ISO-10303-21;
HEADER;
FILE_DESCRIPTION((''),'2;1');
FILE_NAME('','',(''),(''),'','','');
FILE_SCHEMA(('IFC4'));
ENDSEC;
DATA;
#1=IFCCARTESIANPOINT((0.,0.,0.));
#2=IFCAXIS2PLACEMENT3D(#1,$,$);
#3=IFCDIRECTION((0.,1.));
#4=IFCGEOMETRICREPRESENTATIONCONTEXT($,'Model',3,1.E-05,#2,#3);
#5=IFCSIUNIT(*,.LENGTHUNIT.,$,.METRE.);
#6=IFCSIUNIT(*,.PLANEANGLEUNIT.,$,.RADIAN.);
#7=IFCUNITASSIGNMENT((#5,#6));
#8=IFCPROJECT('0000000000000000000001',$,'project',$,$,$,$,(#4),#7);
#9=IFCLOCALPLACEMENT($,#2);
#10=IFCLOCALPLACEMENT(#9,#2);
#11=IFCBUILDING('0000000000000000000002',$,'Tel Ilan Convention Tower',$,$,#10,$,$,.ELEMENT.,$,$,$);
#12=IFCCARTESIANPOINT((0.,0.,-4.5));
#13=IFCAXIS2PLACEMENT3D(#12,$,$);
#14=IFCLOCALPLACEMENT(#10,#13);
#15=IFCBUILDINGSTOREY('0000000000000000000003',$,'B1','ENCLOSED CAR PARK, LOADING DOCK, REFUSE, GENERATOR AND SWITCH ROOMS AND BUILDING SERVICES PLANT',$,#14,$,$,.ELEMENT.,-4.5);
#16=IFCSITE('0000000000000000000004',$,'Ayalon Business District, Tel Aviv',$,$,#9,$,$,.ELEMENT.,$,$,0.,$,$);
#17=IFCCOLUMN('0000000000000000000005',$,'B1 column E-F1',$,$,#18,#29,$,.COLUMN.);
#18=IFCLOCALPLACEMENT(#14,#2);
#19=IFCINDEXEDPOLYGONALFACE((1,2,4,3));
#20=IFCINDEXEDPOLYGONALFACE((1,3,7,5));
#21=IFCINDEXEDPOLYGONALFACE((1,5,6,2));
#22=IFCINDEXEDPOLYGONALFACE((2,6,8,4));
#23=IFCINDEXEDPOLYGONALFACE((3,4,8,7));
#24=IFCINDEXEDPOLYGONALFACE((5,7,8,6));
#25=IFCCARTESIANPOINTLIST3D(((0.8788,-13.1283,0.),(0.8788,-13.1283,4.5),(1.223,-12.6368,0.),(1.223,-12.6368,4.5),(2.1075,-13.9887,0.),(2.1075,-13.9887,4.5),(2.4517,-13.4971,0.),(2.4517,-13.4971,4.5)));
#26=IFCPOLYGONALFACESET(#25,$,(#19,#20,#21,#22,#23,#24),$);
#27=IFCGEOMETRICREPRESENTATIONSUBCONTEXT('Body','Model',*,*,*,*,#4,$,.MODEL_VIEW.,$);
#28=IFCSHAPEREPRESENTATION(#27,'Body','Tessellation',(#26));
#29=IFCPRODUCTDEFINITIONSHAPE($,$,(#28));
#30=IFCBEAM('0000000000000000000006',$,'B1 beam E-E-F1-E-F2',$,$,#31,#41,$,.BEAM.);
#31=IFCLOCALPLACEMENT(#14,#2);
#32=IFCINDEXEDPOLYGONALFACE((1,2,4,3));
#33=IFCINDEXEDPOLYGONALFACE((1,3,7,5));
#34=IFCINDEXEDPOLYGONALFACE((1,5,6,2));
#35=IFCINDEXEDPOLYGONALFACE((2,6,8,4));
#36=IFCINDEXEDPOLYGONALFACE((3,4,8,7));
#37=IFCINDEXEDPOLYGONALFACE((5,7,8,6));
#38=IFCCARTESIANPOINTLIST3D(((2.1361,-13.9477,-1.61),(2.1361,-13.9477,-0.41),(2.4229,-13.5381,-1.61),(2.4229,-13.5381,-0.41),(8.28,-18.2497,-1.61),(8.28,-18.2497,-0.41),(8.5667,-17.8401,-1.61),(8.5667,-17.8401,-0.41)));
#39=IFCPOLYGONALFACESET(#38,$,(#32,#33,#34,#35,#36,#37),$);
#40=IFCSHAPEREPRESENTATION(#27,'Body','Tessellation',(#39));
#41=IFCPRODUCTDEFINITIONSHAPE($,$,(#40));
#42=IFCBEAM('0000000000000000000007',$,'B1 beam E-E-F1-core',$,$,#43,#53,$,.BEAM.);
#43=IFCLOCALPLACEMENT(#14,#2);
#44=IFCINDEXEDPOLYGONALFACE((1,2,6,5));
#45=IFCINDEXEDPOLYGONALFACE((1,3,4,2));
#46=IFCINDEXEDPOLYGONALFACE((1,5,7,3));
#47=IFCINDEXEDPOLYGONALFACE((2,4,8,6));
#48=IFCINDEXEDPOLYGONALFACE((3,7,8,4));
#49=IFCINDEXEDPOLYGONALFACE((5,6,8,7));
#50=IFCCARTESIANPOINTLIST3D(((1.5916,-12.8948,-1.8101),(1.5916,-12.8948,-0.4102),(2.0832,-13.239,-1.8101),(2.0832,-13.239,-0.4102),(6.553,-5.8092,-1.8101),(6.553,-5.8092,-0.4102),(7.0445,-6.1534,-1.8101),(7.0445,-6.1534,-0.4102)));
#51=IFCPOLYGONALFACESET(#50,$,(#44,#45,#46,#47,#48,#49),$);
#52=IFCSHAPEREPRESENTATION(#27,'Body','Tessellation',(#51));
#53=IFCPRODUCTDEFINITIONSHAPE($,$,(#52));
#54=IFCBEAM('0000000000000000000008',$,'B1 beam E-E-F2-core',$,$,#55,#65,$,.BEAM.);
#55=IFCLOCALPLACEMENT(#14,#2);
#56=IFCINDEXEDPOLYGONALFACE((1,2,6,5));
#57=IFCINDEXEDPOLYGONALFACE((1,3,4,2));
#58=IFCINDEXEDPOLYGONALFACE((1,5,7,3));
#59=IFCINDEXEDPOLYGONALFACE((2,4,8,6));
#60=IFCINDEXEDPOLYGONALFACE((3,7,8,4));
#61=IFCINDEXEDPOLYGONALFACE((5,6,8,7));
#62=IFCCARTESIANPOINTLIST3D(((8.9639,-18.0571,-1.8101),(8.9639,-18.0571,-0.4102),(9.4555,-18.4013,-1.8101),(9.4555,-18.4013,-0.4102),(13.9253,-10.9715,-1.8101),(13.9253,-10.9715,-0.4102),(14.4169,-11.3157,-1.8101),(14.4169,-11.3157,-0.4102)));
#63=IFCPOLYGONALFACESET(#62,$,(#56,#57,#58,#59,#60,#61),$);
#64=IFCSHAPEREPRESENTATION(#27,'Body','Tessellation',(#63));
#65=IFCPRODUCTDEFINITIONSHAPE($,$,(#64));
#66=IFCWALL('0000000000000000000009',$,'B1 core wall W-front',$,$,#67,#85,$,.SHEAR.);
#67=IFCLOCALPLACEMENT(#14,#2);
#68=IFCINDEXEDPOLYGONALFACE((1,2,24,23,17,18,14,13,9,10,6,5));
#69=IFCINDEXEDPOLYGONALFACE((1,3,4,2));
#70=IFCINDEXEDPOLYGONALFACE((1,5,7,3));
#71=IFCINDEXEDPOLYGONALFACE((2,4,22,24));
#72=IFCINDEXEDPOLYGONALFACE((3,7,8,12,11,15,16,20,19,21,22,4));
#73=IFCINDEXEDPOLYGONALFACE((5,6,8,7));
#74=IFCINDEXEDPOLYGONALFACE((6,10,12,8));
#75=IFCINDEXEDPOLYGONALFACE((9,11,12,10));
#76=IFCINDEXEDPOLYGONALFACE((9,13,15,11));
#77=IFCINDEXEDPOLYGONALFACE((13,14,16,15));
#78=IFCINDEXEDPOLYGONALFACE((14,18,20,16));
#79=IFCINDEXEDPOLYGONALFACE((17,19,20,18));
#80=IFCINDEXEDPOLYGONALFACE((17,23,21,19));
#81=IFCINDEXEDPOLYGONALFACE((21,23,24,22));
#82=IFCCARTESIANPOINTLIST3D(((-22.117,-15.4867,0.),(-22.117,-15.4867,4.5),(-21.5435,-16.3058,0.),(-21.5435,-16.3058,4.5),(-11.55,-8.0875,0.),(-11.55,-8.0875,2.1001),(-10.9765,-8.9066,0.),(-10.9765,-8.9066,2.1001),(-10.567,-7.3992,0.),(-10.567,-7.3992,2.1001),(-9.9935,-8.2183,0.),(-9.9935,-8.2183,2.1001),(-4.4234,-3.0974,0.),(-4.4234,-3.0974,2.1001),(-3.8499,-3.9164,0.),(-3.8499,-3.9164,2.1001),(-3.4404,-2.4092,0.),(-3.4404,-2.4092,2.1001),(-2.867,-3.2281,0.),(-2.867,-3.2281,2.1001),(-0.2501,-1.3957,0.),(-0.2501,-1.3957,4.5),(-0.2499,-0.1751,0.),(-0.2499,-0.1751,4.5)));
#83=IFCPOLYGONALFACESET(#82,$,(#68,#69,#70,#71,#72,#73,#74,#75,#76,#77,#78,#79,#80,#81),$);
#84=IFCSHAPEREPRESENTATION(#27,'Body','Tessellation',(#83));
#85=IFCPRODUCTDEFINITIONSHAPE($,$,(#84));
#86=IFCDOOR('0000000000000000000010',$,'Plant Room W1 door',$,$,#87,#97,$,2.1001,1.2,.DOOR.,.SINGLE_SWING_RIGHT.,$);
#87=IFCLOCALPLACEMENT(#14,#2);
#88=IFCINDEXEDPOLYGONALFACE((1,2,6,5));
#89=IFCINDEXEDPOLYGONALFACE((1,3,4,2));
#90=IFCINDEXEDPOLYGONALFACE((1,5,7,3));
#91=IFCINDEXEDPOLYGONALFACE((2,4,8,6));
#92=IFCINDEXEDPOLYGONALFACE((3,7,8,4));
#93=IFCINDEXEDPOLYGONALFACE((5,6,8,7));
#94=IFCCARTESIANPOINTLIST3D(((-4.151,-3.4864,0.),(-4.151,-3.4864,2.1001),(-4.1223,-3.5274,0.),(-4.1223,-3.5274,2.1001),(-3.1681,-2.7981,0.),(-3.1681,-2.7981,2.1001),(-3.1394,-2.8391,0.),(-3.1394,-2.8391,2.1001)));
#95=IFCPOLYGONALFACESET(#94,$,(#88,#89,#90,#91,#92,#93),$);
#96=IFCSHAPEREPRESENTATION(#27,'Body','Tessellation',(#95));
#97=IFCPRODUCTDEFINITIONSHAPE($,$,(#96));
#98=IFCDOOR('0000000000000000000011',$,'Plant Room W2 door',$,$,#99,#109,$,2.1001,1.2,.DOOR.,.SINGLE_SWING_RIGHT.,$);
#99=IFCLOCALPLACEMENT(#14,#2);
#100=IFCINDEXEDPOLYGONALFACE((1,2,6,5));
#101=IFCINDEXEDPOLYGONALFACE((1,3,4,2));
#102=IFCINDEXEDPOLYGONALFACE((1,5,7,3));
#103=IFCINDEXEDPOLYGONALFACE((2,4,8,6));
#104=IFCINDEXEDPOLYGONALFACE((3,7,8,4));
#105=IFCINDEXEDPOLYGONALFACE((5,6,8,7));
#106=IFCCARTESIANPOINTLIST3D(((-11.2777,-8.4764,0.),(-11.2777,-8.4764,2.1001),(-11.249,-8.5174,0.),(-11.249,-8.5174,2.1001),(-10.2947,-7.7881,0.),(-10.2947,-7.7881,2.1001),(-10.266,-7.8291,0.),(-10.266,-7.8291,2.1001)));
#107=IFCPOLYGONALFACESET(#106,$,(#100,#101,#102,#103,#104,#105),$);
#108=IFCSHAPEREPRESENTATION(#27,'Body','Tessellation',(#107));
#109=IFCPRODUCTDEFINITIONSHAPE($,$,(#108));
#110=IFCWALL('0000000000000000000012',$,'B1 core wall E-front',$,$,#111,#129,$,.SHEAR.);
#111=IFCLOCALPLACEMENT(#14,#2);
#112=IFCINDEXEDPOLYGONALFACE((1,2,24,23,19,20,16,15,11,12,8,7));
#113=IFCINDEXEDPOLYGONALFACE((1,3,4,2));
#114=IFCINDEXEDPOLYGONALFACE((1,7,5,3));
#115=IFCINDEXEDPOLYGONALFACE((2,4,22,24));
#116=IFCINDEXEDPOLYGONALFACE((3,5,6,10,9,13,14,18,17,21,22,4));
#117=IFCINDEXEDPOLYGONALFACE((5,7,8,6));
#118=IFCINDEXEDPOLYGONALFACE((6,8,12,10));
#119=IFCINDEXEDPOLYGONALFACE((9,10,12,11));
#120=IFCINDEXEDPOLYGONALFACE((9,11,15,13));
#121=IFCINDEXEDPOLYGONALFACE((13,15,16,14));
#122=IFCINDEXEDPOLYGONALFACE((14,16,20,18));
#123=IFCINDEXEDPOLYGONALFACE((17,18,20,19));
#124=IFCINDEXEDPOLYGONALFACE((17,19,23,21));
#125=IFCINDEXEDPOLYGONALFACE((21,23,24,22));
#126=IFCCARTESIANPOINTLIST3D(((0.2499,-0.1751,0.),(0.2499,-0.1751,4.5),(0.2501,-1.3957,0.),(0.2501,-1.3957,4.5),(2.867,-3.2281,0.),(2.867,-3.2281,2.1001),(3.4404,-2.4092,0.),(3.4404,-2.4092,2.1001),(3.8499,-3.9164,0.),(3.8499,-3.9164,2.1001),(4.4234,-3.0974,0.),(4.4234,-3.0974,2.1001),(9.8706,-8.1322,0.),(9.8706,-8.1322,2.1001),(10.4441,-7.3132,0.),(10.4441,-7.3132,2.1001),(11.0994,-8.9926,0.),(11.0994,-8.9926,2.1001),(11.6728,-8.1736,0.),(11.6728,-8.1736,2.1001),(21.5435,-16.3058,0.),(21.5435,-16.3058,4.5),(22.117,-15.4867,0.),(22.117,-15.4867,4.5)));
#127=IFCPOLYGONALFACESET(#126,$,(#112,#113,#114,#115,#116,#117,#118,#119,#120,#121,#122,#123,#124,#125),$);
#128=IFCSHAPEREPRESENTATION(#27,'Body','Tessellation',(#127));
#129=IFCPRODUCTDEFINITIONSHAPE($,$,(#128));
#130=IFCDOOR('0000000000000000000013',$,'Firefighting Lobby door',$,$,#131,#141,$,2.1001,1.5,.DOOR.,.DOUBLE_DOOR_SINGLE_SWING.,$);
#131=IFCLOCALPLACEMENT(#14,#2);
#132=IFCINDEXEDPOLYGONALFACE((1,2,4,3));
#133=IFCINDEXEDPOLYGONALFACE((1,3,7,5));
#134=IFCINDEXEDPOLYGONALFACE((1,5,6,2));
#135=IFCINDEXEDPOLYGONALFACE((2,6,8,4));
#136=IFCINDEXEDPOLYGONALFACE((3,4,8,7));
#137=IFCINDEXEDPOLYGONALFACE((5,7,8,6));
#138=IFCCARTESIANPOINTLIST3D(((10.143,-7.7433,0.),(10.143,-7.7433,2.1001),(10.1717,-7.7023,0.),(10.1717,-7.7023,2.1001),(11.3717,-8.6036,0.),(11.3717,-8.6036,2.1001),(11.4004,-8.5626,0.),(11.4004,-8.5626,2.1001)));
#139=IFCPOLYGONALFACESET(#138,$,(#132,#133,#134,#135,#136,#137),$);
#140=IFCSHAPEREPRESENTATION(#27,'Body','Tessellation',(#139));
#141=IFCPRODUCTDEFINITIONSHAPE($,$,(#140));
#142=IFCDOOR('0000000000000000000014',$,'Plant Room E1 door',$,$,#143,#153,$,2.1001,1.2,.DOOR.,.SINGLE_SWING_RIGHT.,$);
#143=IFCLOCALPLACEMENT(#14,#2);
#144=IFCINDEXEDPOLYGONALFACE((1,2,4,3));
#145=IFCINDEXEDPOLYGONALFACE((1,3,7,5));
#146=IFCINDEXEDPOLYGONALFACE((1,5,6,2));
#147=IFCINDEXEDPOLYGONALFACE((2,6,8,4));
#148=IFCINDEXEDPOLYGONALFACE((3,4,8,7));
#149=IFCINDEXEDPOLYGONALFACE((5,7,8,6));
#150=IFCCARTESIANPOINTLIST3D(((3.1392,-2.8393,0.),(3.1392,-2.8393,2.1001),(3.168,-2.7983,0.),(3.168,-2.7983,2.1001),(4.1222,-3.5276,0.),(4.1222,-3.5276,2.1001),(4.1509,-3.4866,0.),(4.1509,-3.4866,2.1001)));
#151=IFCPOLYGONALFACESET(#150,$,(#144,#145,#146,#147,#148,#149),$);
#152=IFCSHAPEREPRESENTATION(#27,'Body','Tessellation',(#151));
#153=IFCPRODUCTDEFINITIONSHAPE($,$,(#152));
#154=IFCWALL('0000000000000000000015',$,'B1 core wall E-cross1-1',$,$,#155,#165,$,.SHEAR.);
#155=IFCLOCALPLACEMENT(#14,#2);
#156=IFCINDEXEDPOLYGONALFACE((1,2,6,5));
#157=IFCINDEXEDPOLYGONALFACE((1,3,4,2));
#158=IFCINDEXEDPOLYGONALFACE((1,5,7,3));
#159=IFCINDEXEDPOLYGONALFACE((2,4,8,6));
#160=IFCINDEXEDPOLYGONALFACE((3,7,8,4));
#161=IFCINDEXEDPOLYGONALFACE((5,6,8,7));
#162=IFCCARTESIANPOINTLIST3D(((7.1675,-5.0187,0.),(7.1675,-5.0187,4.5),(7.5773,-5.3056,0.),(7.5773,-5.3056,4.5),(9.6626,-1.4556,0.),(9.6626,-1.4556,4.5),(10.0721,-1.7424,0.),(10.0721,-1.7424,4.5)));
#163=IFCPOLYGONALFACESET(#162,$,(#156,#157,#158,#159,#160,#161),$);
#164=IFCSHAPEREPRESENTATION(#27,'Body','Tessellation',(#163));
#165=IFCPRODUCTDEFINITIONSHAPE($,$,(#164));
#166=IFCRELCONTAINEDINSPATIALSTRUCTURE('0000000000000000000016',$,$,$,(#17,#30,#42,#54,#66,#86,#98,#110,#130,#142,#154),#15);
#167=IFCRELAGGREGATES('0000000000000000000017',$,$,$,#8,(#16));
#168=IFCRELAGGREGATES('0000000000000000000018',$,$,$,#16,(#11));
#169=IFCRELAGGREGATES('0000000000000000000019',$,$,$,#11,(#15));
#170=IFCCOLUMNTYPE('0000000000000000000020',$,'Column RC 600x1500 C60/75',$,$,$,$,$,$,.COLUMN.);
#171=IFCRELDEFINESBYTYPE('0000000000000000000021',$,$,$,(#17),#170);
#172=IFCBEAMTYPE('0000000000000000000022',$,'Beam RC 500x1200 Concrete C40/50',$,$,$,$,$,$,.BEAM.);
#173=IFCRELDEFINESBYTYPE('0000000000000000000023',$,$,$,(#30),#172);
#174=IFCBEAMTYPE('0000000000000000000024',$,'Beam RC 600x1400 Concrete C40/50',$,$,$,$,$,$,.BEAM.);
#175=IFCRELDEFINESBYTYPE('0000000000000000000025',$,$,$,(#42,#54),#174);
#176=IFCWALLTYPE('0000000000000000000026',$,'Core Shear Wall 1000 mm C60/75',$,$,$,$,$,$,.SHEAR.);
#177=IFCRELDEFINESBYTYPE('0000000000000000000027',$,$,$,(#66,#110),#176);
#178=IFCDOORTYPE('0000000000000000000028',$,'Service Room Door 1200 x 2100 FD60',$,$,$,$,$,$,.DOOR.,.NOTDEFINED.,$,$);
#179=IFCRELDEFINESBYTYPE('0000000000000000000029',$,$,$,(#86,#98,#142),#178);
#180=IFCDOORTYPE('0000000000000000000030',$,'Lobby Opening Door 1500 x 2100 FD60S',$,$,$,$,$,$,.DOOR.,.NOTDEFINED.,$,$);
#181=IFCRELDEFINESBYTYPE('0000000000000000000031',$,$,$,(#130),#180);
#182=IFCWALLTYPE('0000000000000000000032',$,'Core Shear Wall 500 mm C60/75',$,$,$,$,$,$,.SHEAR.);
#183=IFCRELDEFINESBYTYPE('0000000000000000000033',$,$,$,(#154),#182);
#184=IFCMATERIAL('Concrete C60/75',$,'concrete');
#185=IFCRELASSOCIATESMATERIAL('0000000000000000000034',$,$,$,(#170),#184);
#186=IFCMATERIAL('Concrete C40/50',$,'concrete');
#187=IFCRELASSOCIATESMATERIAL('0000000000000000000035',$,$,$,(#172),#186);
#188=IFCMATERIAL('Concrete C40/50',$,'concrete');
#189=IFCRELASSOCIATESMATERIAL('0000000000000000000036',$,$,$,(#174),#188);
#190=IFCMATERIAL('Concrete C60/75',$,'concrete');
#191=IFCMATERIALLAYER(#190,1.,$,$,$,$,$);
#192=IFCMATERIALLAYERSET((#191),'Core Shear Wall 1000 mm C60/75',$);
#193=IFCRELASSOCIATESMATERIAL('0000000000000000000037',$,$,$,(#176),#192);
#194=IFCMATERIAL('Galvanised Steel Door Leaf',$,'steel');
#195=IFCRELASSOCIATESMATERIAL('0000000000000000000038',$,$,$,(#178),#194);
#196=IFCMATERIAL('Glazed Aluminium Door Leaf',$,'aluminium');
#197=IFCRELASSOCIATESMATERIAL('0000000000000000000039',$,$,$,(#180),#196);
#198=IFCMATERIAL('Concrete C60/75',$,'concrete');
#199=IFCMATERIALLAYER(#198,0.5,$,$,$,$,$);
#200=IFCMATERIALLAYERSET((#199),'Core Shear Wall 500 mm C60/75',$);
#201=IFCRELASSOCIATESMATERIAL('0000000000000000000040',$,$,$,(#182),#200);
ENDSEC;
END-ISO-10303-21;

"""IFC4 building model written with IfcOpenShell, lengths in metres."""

from ifc_helpers import new_model, si_unit, direction, frame, frame_2d, origin, origin_2d, place, context, subcontext, project, spatial, polyline, rectangle, outline, extrude, material, layer, layer_set, material_profile, profile_set, type_object, element, fill, save


model = new_model("IFC4")

# Units and contexts
model_context = context("Model", 3, precision=1e-05, world=origin(), true_north=direction((0.0, 1.0)))
body_context = subcontext(model_context, "Body", "Model", "MODEL_VIEW")
ifc_project = project(units=[si_unit("LENGTHUNIT", "METRE"), si_unit("PLANEANGLEUNIT", "RADIAN")], contexts=[model_context])

# Site, building, storey
site_placement = place(None, origin())
site = spatial("IfcSite", under=ifc_project, at=site_placement, Name="Ayalon Business District, Tel Aviv", CompositionType="ELEMENT", RefElevation=0.0)
building_placement = place(site_placement, origin())
building = spatial("IfcBuilding", under=site, at=building_placement, Name="Tel Ilan Convention Tower", CompositionType="ELEMENT")
storey_placement = place(building_placement, frame((0.0, 0.0, -4.5)))
storey = spatial("IfcBuildingStorey", under=building, at=storey_placement, Name="B1", Description="ENCLOSED CAR PARK, LOADING DOCK, REFUSE, GENERATOR AND SWITCH ROOMS AND BUILDING SERVICES PLANT", CompositionType="ELEMENT", Elevation=-4.5)

# Column
ifc_material_1 = material(Name="Concrete C60/75", Category="concrete")
ifc_material_profile_1 = material_profile(ifc_material_1, rectangle(XDim=1.5, YDim=0.6001, at=origin_2d()), Name="RC 600x1500")
ifc_profile_set_1 = profile_set([ifc_material_profile_1], Name="Concrete C60/75")
column_type = type_object("IfcColumnType", Name="Column RC 600x1500 C60/75", PredefinedType="COLUMN", material=ifc_profile_set_1)
column_placement = place(storey_placement, frame((1.6653, -13.3127, 0.0), z_axis=(0.0, 0.0, 1.0), x_axis=(0.819152, -0.573576, 0.0)))
element("IfcColumn", 1, at=column_placement, inside=storey, type_object=column_type, Name="B1 column E-F1", PredefinedType="COLUMN", context=body_context, shape_type="SweptSolid", body=[
    extrude(rectangle(XDim=1.5, YDim=0.6001, at=origin_2d()), origin(), (0.0, 0.0, 1.0), 4.5),
])

# Beams
ifc_material_2 = material(Name="Concrete C40/50", Category="concrete")
ifc_material_profile_2 = material_profile(ifc_material_2, rectangle(XDim=0.5, YDim=1.2, at=origin_2d()), Name="RC 500x1200")
ifc_profile_set_2 = profile_set([ifc_material_profile_2], Name="Concrete C40/50")
beam_type_1 = type_object("IfcBeamType", Name="Beam RC 500x1200 Concrete C40/50", PredefinedType="BEAM", material=ifc_profile_set_2)
beam_placement = place(storey_placement, frame((2.2795, -13.7429, -1.01), z_axis=(0.819148, -0.573582, 0.0), x_axis=(0.573582, 0.819148, 0.0)))
element("IfcBeam", 2, at=beam_placement, inside=storey, type_object=beam_type_1, Name="B1 beam E-E-F1-E-F2", PredefinedType="BEAM", context=body_context, shape_type="SweptSolid", body=[
    extrude(rectangle(XDim=0.5, YDim=1.2, at=origin_2d()), origin(), (0.0, 0.0, 1.0), 7.5002),
])
ifc_material_3 = material(Name="Concrete C40/50", Category="concrete")
ifc_material_profile_3 = material_profile(ifc_material_3, rectangle(XDim=0.6001, YDim=1.3999, at=origin_2d()), Name="RC 600x1400")
ifc_profile_set_3 = profile_set([ifc_material_profile_3], Name="Concrete C40/50")
beam_type_2 = type_object("IfcBeamType", Name="Beam RC 600x1400 Concrete C40/50", PredefinedType="BEAM", material=ifc_profile_set_3)
for number, where, z_axis, x_axis, name in (
    (3, (1.8374, -13.0669, -1.1101), (0.573574, 0.819154, 0.0), (-0.819154, 0.573574, 0.0), "B1 beam E-E-F1-core"),
    (4, (9.2097, -18.2292, -1.1101), (0.573574, 0.819154, 0.0), (-0.819154, 0.573574, 0.0), "B1 beam E-E-F2-core"),
):
    element("IfcBeam", number, at=place(storey_placement, frame(where, z_axis=z_axis, x_axis=x_axis)), inside=storey, type_object=beam_type_2, Name=name, PredefinedType="BEAM", context=body_context, shape_type="SweptSolid", body=[
        extrude(rectangle(XDim=0.6001, YDim=1.3999, at=origin_2d()), origin(), (0.0, 0.0, 1.0), 8.6499),
    ])

# Walls, openings, doors
ifc_material_4 = material(Name="Concrete C60/75", Category="concrete")
ifc_layer_1 = layer(ifc_material_4, 1.0)
ifc_layer_set_1 = layer_set([ifc_layer_1], Name="Core Shear Wall 1000 mm C60/75")
wall_type_1 = type_object("IfcWallType", Name="Core Shear Wall 1000 mm C60/75", PredefinedType="SHEAR", material=ifc_layer_set_1)
wall_1_placement = place(storey_placement, frame((0.0369, -0.5847, 0.0), z_axis=(0.0, 0.0, 1.0), x_axis=(-0.819157, -0.573569, 0.0)))
wall_1 = element("IfcWall", 5, at=wall_1_placement, inside=storey, type_object=wall_type_1, Name="B1 core wall W-front", PredefinedType="SHEAR", context=body_context, shape_type="SweptSolid", body=[
    extrude(outline(polyline([(26.6948, 0.5002), (0.7002, 0.4998), (0.0, -0.5), (26.6948, -0.4998), (26.6948, 0.5002)])), origin(), (0.0, 0.0, 1.0), 4.5),
])
opening_1_placement = place(wall_1_placement, frame((3.8948, 0.0, 0.0)))
opening_1 = element("IfcOpeningElement", 6, at=opening_1_placement, cuts=wall_1, PredefinedType="OPENING", context=body_context, shape_type="SweptSolid", body=[
    extrude(rectangle(XDim=1.2, YDim=2.1001, at=frame_2d((0.6001, 1.05))), frame((0.0, 0.51, 0.0), z_axis=(0.0, -1.0, 0.0), x_axis=(1.0, 0.0, 0.0)), (0.0, 0.0, 1.0), 1.02),
])
opening_2_placement = place(wall_1_placement, frame((12.5947, 0.0, 0.0)))
opening_2 = element("IfcOpeningElement", 7, at=opening_2_placement, cuts=wall_1, PredefinedType="OPENING", context=body_context, shape_type="SweptSolid", body=[
    extrude(rectangle(XDim=1.2, YDim=2.1001, at=frame_2d((0.6001, 1.05))), frame((0.0, 0.51, 0.0), z_axis=(0.0, -1.0, 0.0), x_axis=(1.0, 0.0, 0.0)), (0.0, 0.0, 1.0), 1.02),
])
ifc_material_5 = material(Name="Galvanised Steel Door Leaf", Category="steel")
door_type_1 = type_object("IfcDoorType", Name="Service Room Door 1200 x 2100 FD60", OperationType="NOTDEFINED", PredefinedType="DOOR", material=ifc_material_5)
door_1_placement = place(opening_1_placement, origin())
door_1 = element("IfcDoor", 8, at=door_1_placement, inside=storey, type_object=door_type_1, Name="Plant Room W1 door", OperationType="SINGLE_SWING_RIGHT", OverallHeight=2.1001, OverallWidth=1.2, PredefinedType="DOOR", context=body_context, shape_type="SweptSolid", body=[
    extrude(rectangle(XDim=1.2, YDim=2.1001, at=frame_2d((0.6001, 1.05))), frame((0.0, 0.0249, 0.0), z_axis=(0.0, -1.0, 0.0), x_axis=(1.0, 0.0, 0.0)), (0.0, 0.0, 1.0), 0.05),
])
fill(opening_1, door_1)
door_2_placement = place(opening_2_placement, origin())
door_2 = element("IfcDoor", 9, at=door_2_placement, inside=storey, type_object=door_type_1, Name="Plant Room W2 door", OperationType="SINGLE_SWING_RIGHT", OverallHeight=2.1001, OverallWidth=1.2, PredefinedType="DOOR", context=body_context, shape_type="SweptSolid", body=[
    extrude(rectangle(XDim=1.2, YDim=2.1001, at=frame_2d((0.6001, 1.05))), frame((0.0, 0.0249, 0.0), z_axis=(0.0, -1.0, 0.0), x_axis=(1.0, 0.0, 0.0)), (0.0, 0.0, 1.0), 0.05),
])
fill(opening_2, door_2)
wall_2_placement = place(storey_placement, frame((-0.0369, -0.5847, 0.0), z_axis=(0.0, 0.0, 1.0), x_axis=(0.819157, -0.573569, 0.0)))
wall_2 = element("IfcWall", 10, at=wall_2_placement, inside=storey, type_object=wall_type_1, Name="B1 core wall E-front", PredefinedType="SHEAR", context=body_context, shape_type="SweptSolid", body=[
    extrude(outline(polyline([(26.6948, 0.4998), (0.0, 0.5), (0.7002, -0.4998), (26.6948, -0.5002), (26.6948, 0.4998)])), origin(), (0.0, 0.0, 1.0), 4.5),
])
opening_3_placement = place(wall_2_placement, frame((3.8948, 0.0, 0.0)))
opening_3 = element("IfcOpeningElement", 11, at=opening_3_placement, cuts=wall_2, PredefinedType="OPENING", context=body_context, shape_type="SweptSolid", body=[
    extrude(rectangle(XDim=1.2, YDim=2.1001, at=frame_2d((0.6001, 1.05))), frame((0.0, 0.51, 0.0), z_axis=(0.0, -1.0, 0.0), x_axis=(1.0, 0.0, 0.0)), (0.0, 0.0, 1.0), 1.02),
])
opening_4_placement = place(wall_2_placement, frame((12.4448, 0.0, 0.0)))
opening_4 = element("IfcOpeningElement", 12, at=opening_4_placement, cuts=wall_2, PredefinedType="OPENING", context=body_context, shape_type="SweptSolid", body=[
    extrude(rectangle(XDim=1.5, YDim=2.1001, at=frame_2d((0.75, 1.05))), frame((0.0, 0.51, 0.0), z_axis=(0.0, -1.0, 0.0), x_axis=(1.0, 0.0, 0.0)), (0.0, 0.0, 1.0), 1.02),
])
ifc_material_6 = material(Name="Glazed Aluminium Door Leaf", Category="aluminium")
door_type_2 = type_object("IfcDoorType", Name="Lobby Opening Door 1500 x 2100 FD60S", OperationType="NOTDEFINED", PredefinedType="DOOR", material=ifc_material_6)
door_3_placement = place(opening_4_placement, origin())
door_3 = element("IfcDoor", 13, at=door_3_placement, inside=storey, type_object=door_type_2, Name="Firefighting Lobby door", OperationType="DOUBLE_DOOR_SINGLE_SWING", OverallHeight=2.1001, OverallWidth=1.5, PredefinedType="DOOR", context=body_context, shape_type="SweptSolid", body=[
    extrude(rectangle(XDim=1.5, YDim=2.1001, at=frame_2d((0.75, 1.05))), frame((0.0, 0.0249, 0.0), z_axis=(0.0, -1.0, 0.0), x_axis=(1.0, 0.0, 0.0)), (0.0, 0.0, 1.0), 0.05),
])
fill(opening_4, door_3)
door_4_placement = place(opening_3_placement, origin())
door_4 = element("IfcDoor", 14, at=door_4_placement, inside=storey, type_object=door_type_1, Name="Plant Room E1 door", OperationType="SINGLE_SWING_RIGHT", OverallHeight=2.1001, OverallWidth=1.2, PredefinedType="DOOR", context=body_context, shape_type="SweptSolid", body=[
    extrude(rectangle(XDim=1.2, YDim=2.1001, at=frame_2d((0.6001, 1.05))), frame((0.0, 0.0249, 0.0), z_axis=(0.0, -1.0, 0.0), x_axis=(1.0, 0.0, 0.0)), (0.0, 0.0, 1.0), 0.05),
])
fill(opening_3, door_4)

# Wall
ifc_material_7 = material(Name="Concrete C60/75", Category="concrete")
ifc_layer_2 = layer(ifc_material_7, 0.5)
ifc_layer_set_2 = layer_set([ifc_layer_2], Name="Core Shear Wall 500 mm C60/75")
wall_type_2 = type_object("IfcWallType", Name="Core Shear Wall 500 mm C60/75", PredefinedType="SHEAR", material=ifc_layer_set_2)
wall_3_placement = place(storey_placement, frame((7.3723, -5.1621, 0.0), z_axis=(0.0, 0.0, 1.0), x_axis=(0.573594, 0.81914, 0.0)))
element("IfcWall", 15, at=wall_3_placement, inside=storey, type_object=wall_type_2, Name="B1 core wall E-cross1-1", PredefinedType="SHEAR", context=body_context, shape_type="SweptSolid", body=[
    extrude(outline(polyline([(0.0, 0.25), (0.0, -0.2502), (4.3499, -0.25), (4.3499, 0.25), (0.0, 0.25)])), origin(), (0.0, 0.0, 1.0), 4.5),
])

save(model, "model.ifc")
